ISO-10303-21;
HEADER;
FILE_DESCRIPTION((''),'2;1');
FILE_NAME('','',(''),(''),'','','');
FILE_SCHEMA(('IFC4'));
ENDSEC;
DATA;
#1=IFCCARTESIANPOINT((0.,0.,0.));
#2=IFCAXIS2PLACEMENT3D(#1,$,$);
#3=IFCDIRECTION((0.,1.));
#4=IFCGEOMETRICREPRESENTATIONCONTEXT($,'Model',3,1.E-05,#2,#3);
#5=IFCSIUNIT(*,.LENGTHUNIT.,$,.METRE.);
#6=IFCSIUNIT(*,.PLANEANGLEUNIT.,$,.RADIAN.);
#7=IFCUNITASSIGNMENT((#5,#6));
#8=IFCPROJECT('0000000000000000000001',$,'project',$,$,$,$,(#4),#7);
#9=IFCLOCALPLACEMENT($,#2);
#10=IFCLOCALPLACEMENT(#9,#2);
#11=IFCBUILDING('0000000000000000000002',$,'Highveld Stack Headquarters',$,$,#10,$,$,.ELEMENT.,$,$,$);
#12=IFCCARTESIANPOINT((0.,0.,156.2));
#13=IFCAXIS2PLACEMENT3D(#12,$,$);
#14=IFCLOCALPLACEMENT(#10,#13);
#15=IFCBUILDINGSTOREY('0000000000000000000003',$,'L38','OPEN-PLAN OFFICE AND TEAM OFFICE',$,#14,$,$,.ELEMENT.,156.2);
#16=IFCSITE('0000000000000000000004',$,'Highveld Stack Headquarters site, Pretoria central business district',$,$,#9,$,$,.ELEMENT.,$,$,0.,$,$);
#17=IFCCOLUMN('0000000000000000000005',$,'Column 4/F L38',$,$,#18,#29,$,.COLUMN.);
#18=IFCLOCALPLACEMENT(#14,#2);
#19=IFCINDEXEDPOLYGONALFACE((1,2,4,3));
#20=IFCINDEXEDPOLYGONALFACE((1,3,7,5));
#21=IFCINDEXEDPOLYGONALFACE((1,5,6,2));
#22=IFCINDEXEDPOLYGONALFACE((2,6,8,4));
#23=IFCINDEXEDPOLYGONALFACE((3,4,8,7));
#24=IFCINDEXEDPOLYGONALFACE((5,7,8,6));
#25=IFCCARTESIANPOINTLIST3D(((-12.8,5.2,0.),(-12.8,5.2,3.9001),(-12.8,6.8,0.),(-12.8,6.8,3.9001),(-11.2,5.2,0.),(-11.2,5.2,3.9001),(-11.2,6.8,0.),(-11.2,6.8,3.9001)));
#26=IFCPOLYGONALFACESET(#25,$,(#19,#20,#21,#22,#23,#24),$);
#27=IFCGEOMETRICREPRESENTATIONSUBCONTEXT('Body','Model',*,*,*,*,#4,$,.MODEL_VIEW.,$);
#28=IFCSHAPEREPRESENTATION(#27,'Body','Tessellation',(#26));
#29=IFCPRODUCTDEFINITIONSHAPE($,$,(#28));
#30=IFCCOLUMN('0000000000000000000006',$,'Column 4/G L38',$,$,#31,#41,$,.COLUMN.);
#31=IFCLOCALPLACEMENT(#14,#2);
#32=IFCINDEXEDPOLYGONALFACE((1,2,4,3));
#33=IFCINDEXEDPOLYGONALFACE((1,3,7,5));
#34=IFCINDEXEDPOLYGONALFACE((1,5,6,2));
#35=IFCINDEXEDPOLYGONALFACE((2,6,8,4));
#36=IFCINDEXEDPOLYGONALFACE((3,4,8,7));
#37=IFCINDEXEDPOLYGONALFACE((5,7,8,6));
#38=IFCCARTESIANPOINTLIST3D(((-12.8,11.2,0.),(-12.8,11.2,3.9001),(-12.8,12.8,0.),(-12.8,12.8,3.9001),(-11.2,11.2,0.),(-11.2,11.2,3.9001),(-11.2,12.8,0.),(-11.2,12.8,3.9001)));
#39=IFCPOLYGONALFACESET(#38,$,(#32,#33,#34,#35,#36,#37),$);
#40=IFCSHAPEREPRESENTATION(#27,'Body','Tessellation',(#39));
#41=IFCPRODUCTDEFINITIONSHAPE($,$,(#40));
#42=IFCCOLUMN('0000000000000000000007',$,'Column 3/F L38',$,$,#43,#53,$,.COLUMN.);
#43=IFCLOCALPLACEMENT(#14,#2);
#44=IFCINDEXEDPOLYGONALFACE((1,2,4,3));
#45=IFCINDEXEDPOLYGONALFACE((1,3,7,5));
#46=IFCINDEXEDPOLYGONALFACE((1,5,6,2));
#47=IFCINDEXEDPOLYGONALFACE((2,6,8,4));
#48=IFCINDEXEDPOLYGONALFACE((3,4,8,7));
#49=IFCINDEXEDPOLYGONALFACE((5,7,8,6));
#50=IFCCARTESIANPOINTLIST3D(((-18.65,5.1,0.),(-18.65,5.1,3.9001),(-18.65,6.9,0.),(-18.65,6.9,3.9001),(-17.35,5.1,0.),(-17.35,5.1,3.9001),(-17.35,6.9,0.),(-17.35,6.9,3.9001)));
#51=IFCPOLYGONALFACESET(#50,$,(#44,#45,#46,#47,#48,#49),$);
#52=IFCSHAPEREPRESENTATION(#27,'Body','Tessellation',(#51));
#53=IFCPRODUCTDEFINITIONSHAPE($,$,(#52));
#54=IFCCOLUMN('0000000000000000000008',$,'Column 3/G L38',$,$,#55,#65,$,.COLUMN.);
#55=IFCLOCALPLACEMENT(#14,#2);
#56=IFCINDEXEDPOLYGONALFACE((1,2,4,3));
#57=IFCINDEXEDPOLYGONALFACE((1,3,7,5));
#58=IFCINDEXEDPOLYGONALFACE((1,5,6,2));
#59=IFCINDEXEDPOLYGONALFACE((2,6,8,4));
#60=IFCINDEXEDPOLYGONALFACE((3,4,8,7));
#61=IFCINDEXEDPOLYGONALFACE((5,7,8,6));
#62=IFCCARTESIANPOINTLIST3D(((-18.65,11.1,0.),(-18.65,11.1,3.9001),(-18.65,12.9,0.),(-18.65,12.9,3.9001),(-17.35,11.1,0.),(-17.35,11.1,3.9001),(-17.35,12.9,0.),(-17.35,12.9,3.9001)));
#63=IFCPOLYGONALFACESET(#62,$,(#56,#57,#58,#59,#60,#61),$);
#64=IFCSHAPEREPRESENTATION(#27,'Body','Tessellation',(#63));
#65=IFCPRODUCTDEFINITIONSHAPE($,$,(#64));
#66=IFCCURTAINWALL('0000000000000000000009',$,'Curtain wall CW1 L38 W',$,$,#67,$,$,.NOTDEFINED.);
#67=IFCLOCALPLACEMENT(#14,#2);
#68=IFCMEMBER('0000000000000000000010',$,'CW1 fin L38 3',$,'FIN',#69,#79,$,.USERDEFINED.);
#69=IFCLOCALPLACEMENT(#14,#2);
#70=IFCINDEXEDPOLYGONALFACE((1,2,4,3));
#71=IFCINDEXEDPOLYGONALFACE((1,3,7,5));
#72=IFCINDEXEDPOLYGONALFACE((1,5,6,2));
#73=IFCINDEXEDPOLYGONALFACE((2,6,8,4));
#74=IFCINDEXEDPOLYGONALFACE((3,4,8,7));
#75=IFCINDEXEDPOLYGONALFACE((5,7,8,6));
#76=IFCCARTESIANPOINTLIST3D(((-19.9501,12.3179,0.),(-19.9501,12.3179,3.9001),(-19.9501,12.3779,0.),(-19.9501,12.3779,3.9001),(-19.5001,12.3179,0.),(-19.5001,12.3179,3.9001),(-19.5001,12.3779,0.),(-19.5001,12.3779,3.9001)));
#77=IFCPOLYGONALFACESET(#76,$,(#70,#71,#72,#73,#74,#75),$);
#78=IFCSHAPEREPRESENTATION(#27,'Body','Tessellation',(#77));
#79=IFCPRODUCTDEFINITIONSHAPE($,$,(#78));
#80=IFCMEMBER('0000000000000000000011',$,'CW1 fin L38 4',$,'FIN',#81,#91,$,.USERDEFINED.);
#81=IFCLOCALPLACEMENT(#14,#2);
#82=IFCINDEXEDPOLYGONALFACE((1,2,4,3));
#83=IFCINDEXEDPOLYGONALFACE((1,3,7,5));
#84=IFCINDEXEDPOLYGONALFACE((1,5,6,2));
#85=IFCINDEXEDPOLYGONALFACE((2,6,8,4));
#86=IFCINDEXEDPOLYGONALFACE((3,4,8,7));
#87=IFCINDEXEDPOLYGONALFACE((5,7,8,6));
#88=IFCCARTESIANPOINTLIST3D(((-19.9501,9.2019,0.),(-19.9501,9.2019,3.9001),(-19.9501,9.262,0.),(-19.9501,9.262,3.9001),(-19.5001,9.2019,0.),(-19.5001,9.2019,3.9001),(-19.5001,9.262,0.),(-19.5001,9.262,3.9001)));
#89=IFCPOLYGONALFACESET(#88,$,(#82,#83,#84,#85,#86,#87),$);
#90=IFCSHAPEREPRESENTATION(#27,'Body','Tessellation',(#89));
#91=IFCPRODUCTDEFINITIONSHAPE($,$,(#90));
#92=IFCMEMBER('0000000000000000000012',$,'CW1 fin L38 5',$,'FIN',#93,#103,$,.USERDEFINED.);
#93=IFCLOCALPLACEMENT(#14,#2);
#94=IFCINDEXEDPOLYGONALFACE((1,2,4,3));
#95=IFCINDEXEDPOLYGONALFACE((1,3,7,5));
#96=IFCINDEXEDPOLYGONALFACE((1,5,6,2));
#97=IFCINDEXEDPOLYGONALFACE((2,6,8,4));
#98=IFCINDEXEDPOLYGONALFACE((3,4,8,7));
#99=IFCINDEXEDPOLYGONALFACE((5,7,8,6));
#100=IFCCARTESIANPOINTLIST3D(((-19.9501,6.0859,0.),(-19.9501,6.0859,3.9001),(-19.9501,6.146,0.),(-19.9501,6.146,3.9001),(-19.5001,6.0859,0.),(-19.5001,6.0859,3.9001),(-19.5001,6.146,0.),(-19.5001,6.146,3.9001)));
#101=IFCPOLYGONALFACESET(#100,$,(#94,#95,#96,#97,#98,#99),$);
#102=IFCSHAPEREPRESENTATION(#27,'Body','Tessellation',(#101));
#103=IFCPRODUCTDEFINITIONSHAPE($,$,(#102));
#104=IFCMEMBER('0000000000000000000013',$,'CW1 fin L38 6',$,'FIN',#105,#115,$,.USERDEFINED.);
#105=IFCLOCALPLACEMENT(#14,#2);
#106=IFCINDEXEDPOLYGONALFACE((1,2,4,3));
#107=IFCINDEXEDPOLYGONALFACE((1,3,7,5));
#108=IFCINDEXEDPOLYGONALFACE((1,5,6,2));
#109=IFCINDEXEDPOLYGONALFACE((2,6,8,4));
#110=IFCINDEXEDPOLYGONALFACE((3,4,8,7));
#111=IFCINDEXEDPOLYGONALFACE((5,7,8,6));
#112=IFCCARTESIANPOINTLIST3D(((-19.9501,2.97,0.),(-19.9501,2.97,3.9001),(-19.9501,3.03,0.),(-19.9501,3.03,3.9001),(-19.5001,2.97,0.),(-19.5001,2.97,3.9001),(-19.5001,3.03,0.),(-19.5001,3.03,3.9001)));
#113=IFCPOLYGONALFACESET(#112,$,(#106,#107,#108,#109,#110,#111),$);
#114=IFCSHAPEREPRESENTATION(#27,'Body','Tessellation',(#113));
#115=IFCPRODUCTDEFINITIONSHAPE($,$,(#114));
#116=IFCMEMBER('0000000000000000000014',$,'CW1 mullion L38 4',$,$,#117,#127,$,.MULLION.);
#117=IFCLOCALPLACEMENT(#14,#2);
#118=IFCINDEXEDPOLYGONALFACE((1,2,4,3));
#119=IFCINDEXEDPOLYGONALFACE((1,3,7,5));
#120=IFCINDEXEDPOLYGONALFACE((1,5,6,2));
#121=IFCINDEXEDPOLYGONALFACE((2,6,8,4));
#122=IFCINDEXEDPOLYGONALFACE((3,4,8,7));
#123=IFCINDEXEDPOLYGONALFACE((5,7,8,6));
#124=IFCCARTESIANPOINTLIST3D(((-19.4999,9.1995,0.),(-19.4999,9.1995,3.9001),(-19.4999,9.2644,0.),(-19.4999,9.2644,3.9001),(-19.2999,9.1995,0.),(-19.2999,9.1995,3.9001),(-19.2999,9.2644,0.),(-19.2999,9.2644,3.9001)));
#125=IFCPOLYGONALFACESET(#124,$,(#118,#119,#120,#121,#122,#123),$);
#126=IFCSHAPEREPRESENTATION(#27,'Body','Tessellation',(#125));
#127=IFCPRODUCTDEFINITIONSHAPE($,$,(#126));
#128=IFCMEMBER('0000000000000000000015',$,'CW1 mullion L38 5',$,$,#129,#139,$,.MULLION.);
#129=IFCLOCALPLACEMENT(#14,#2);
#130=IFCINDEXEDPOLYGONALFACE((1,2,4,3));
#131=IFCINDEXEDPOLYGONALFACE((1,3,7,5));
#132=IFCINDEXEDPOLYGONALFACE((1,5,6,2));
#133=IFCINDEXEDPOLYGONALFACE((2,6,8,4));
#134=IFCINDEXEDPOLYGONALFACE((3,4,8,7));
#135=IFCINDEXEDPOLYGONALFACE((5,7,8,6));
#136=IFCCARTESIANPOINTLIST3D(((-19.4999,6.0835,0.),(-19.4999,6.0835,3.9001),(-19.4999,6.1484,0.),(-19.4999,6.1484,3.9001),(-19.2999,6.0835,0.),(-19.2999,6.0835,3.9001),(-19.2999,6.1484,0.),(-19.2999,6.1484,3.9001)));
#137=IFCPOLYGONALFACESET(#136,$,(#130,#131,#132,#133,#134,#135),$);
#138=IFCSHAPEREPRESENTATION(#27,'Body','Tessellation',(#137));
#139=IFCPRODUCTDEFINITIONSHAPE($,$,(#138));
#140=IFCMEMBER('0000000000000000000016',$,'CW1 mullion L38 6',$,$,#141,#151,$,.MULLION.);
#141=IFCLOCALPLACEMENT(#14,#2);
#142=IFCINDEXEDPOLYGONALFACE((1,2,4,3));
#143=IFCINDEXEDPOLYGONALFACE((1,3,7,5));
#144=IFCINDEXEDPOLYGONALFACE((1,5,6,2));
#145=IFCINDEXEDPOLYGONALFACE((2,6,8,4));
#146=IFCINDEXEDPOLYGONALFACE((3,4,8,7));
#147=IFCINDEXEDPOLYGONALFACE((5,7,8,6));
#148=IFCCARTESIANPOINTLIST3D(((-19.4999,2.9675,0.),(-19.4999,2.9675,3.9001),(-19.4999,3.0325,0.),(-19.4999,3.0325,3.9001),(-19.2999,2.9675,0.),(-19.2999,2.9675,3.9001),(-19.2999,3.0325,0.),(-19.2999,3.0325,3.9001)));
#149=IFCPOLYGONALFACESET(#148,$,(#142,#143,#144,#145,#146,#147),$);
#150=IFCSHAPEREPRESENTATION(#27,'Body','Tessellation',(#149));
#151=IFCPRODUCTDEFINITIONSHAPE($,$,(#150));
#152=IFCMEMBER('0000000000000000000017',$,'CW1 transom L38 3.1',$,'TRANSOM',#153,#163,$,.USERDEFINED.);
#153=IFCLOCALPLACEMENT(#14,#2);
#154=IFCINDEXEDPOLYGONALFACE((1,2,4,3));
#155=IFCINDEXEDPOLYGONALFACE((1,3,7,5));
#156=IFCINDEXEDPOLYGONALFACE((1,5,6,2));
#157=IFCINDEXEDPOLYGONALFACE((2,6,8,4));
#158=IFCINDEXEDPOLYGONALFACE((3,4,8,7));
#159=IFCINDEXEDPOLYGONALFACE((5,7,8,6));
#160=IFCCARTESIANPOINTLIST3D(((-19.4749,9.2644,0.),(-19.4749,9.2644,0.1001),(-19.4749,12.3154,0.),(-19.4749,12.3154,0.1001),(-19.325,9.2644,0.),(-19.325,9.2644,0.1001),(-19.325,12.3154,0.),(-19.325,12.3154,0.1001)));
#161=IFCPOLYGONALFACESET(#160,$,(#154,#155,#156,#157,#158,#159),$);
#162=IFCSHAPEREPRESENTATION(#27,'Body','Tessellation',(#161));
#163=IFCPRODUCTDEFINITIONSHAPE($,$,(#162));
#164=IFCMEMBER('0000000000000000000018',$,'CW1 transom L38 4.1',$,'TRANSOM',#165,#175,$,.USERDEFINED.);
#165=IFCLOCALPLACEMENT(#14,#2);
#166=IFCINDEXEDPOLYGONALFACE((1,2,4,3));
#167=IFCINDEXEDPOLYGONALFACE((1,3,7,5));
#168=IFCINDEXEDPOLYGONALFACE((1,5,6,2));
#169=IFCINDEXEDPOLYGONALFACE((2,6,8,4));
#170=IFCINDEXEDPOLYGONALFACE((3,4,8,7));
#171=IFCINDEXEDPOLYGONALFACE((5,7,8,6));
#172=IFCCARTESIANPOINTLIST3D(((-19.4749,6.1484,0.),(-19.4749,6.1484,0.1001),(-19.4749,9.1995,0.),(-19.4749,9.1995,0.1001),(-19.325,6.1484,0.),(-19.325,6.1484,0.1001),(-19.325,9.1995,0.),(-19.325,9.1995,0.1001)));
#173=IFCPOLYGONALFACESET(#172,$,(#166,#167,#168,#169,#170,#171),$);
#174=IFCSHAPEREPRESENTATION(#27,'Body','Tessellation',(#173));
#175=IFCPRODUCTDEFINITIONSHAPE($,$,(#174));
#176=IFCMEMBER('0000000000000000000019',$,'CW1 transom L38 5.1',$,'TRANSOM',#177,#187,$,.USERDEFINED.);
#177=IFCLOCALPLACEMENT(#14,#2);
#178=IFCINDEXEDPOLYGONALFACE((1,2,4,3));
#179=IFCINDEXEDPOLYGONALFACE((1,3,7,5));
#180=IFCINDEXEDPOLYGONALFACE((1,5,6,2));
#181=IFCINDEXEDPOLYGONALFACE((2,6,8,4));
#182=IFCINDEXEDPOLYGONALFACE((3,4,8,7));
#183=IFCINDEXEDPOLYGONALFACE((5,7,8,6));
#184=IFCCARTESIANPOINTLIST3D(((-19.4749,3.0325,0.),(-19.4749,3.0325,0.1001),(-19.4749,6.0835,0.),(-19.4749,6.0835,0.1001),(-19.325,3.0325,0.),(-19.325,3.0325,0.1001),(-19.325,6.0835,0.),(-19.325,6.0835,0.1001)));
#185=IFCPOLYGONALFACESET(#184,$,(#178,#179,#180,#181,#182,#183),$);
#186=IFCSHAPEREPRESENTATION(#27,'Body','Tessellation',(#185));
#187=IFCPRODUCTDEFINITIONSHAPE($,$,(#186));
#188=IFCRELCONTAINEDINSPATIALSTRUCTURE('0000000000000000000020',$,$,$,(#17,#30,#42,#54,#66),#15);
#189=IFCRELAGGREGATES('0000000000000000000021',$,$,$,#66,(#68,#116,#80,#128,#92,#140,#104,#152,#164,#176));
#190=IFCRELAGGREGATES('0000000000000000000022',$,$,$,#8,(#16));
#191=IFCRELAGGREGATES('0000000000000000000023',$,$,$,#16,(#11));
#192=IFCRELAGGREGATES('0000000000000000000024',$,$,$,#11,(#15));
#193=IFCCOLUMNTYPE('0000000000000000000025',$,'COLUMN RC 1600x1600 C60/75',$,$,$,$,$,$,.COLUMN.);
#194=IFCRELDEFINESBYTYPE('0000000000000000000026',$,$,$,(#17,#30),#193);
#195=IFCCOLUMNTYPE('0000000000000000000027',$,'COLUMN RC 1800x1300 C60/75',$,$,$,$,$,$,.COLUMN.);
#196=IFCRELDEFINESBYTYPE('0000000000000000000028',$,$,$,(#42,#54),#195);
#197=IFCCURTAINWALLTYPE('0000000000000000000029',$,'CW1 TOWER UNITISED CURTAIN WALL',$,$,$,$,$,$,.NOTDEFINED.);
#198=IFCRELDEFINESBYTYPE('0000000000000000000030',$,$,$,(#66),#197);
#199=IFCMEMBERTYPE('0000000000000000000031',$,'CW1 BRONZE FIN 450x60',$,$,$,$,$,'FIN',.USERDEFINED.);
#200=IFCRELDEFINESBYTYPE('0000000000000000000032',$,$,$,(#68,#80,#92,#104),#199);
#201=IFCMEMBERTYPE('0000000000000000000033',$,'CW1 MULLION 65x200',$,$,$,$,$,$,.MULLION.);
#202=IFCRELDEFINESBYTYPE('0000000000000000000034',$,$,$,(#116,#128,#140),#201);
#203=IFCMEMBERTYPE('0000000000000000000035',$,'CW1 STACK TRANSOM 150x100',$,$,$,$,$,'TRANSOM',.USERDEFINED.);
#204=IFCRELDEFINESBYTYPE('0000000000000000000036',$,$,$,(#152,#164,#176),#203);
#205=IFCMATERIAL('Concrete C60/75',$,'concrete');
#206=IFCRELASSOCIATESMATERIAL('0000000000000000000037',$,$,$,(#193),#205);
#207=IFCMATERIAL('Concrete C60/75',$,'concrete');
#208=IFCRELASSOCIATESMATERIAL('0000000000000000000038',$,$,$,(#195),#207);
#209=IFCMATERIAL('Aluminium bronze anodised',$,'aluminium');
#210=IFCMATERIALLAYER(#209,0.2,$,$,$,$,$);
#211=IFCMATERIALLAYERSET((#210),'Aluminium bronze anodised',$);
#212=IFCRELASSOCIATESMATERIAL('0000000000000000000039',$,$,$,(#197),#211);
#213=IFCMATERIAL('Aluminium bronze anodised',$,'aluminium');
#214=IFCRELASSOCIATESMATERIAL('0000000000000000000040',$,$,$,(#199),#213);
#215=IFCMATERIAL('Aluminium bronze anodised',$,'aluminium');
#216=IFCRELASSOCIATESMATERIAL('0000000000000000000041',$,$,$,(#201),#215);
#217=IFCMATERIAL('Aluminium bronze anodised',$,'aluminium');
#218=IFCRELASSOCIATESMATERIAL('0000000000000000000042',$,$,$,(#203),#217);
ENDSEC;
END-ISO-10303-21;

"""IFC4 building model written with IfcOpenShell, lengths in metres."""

from ifc_helpers import new_model, si_unit, direction, frame, origin, origin_2d, place, context, subcontext, project, spatial, rectangle, extrude, material, layer, layer_set, material_profile, profile_set, type_object, element, aggregate, save


model = new_model("IFC4")

# Units and contexts
model_context = context("Model", 3, precision=1e-05, world=origin(), true_north=direction((0.0, 1.0)))
body_context = subcontext(model_context, "Body", "Model", "MODEL_VIEW")
ifc_project = project(units=[si_unit("LENGTHUNIT", "METRE"), si_unit("PLANEANGLEUNIT", "RADIAN")], contexts=[model_context])

# Site, building, storey
site_placement = place(None, origin())
site = spatial("IfcSite", under=ifc_project, at=site_placement, Name="Highveld Stack Headquarters site, Pretoria central business district", CompositionType="ELEMENT", RefElevation=0.0)
building_placement = place(site_placement, origin())
building = spatial("IfcBuilding", under=site, at=building_placement, Name="Highveld Stack Headquarters", CompositionType="ELEMENT")
storey_placement = place(building_placement, frame((0.0, 0.0, 156.2)))
storey = spatial("IfcBuildingStorey", under=building, at=storey_placement, Name="L38", Description="OPEN-PLAN OFFICE AND TEAM OFFICE", CompositionType="ELEMENT", Elevation=156.2)

# Columns
ifc_material_1 = material(Name="Concrete C60/75", Category="concrete")
ifc_material_profile_1 = material_profile(ifc_material_1, rectangle(XDim=1.6001, YDim=1.6001, at=origin_2d()), Name="RC 1600x1600")
ifc_profile_set_1 = profile_set([ifc_material_profile_1], Name="Concrete C60/75")
column_type_1 = type_object("IfcColumnType", Name="COLUMN RC 1600x1600 C60/75", PredefinedType="COLUMN", material=ifc_profile_set_1)
for number, where, z_axis, x_axis, name in (
    (1, (-12.0, 6.0, 0.0), (0.0, 0.0, 1.0), (1.0, 0.0, 0.0), "Column 4/F L38"),
    (2, (-12.0, 12.0, 0.0), (0.0, 0.0, 1.0), (1.0, 0.0, 0.0), "Column 4/G L38"),
):
    element("IfcColumn", number, at=place(storey_placement, frame(where, z_axis=z_axis, x_axis=x_axis)), inside=storey, type_object=column_type_1, Name=name, PredefinedType="COLUMN", context=body_context, shape_type="SweptSolid", body=[
        extrude(rectangle(XDim=1.6001, YDim=1.6001, at=origin_2d()), origin(), (0.0, 0.0, 1.0), 3.9001),
    ])
ifc_material_2 = material(Name="Concrete C60/75", Category="concrete")
ifc_material_profile_2 = material_profile(ifc_material_2, rectangle(XDim=1.8, YDim=1.3, at=origin_2d()), Name="RC 1800x1300")
ifc_profile_set_2 = profile_set([ifc_material_profile_2], Name="Concrete C60/75")
column_type_2 = type_object("IfcColumnType", Name="COLUMN RC 1800x1300 C60/75", PredefinedType="COLUMN", material=ifc_profile_set_2)
for number, where, z_axis, x_axis, name in (
    (3, (-18.0, 6.0, 0.0), (0.0, 0.0, 1.0), (0.0, 1.0, 0.0), "Column 3/F L38"),
    (4, (-18.0, 12.0, 0.0), (0.0, 0.0, 1.0), (0.0, 1.0, 0.0), "Column 3/G L38"),
):
    element("IfcColumn", number, at=place(storey_placement, frame(where, z_axis=z_axis, x_axis=x_axis)), inside=storey, type_object=column_type_2, Name=name, PredefinedType="COLUMN", context=body_context, shape_type="SweptSolid", body=[
        extrude(rectangle(XDim=1.8, YDim=1.3, at=origin_2d()), origin(), (0.0, 0.0, 1.0), 3.9001),
    ])

# Curtain wall, members
ifc_material_3 = material(Name="Aluminium bronze anodised", Category="aluminium")
ifc_layer_1 = layer(ifc_material_3, 0.2)
ifc_layer_set_1 = layer_set([ifc_layer_1], Name="Aluminium bronze anodised")
curtain_wall_type = type_object("IfcCurtainWallType", Name="CW1 TOWER UNITISED CURTAIN WALL", PredefinedType="NOTDEFINED", material=ifc_layer_set_1)
curtain_wall_placement = place(storey_placement, origin())
curtain_wall = element("IfcCurtainWall", 5, at=curtain_wall_placement, inside=storey, type_object=curtain_wall_type, Name="Curtain wall CW1 L38 W", PredefinedType="NOTDEFINED")
ifc_material_4 = material(Name="Aluminium bronze anodised", Category="aluminium")
ifc_material_profile_3 = material_profile(ifc_material_4, rectangle(XDim=0.45, YDim=0.0601, at=origin_2d()), Name="FIN 450x60")
ifc_profile_set_3 = profile_set([ifc_material_profile_3], Name="Aluminium bronze anodised")
member_type_1 = type_object("IfcMemberType", Name="CW1 BRONZE FIN 450x60", ElementType="FIN", PredefinedType="USERDEFINED", material=ifc_profile_set_3)
member_1_placement = place(storey_placement, frame((-19.7251, 12.3479, 0.0), z_axis=(0.0, 0.0, 1.0), x_axis=(1.0, 0.0, 0.0)))
member_1 = element("IfcMember", 6, at=member_1_placement, type_object=member_type_1, Name="CW1 fin L38 3", ObjectType="FIN", PredefinedType="USERDEFINED", context=body_context, shape_type="SweptSolid", body=[
    extrude(rectangle(XDim=0.45, YDim=0.0601, at=origin_2d()), origin(), (0.0, 0.0, 1.0), 3.9001),
])
member_2_placement = place(storey_placement, frame((-19.7251, 9.2319, 0.0), z_axis=(0.0, 0.0, 1.0), x_axis=(1.0, 0.0, 0.0)))
member_2 = element("IfcMember", 7, at=member_2_placement, type_object=member_type_1, Name="CW1 fin L38 4", ObjectType="FIN", PredefinedType="USERDEFINED", context=body_context, shape_type="SweptSolid", body=[
    extrude(rectangle(XDim=0.45, YDim=0.0601, at=origin_2d()), origin(), (0.0, 0.0, 1.0), 3.9001),
])
member_3_placement = place(storey_placement, frame((-19.7251, 6.116, 0.0), z_axis=(0.0, 0.0, 1.0), x_axis=(1.0, 0.0, 0.0)))
member_3 = element("IfcMember", 8, at=member_3_placement, type_object=member_type_1, Name="CW1 fin L38 5", ObjectType="FIN", PredefinedType="USERDEFINED", context=body_context, shape_type="SweptSolid", body=[
    extrude(rectangle(XDim=0.45, YDim=0.0601, at=origin_2d()), origin(), (0.0, 0.0, 1.0), 3.9001),
])
member_4_placement = place(storey_placement, frame((-19.7251, 3.0, 0.0), z_axis=(0.0, 0.0, 1.0), x_axis=(1.0, 0.0, 0.0)))
member_4 = element("IfcMember", 9, at=member_4_placement, type_object=member_type_1, Name="CW1 fin L38 6", ObjectType="FIN", PredefinedType="USERDEFINED", context=body_context, shape_type="SweptSolid", body=[
    extrude(rectangle(XDim=0.45, YDim=0.0601, at=origin_2d()), origin(), (0.0, 0.0, 1.0), 3.9001),
])
ifc_material_5 = material(Name="Aluminium bronze anodised", Category="aluminium")
ifc_material_profile_4 = material_profile(ifc_material_5, rectangle(XDim=0.2, YDim=0.0649, at=origin_2d()), Name="CW1 MULLION 65x200")
ifc_profile_set_4 = profile_set([ifc_material_profile_4], Name="Aluminium bronze anodised")
member_type_2 = type_object("IfcMemberType", Name="CW1 MULLION 65x200", PredefinedType="MULLION", material=ifc_profile_set_4)
member_5_placement = place(storey_placement, frame((-19.3999, 9.2319, 0.0), z_axis=(0.0, 0.0, 1.0), x_axis=(1.0, 0.0, 0.0)))
member_5 = element("IfcMember", 10, at=member_5_placement, type_object=member_type_2, Name="CW1 mullion L38 4", PredefinedType="MULLION", context=body_context, shape_type="SweptSolid", body=[
    extrude(rectangle(XDim=0.2, YDim=0.0649, at=origin_2d()), origin(), (0.0, 0.0, 1.0), 3.9001),
])
member_6_placement = place(storey_placement, frame((-19.3999, 6.116, 0.0), z_axis=(0.0, 0.0, 1.0), x_axis=(1.0, 0.0, 0.0)))
member_6 = element("IfcMember", 11, at=member_6_placement, type_object=member_type_2, Name="CW1 mullion L38 5", PredefinedType="MULLION", context=body_context, shape_type="SweptSolid", body=[
    extrude(rectangle(XDim=0.2, YDim=0.0649, at=origin_2d()), origin(), (0.0, 0.0, 1.0), 3.9001),
])
member_7_placement = place(storey_placement, frame((-19.3999, 3.0, 0.0), z_axis=(0.0, 0.0, 1.0), x_axis=(1.0, 0.0, 0.0)))
member_7 = element("IfcMember", 12, at=member_7_placement, type_object=member_type_2, Name="CW1 mullion L38 6", PredefinedType="MULLION", context=body_context, shape_type="SweptSolid", body=[
    extrude(rectangle(XDim=0.2, YDim=0.0649, at=origin_2d()), origin(), (0.0, 0.0, 1.0), 3.9001),
])
ifc_material_6 = material(Name="Aluminium bronze anodised", Category="aluminium")
ifc_material_profile_5 = material_profile(ifc_material_6, rectangle(XDim=0.1499, YDim=0.1001, at=origin_2d()), Name="CW1 TRANSOM 150x100")
ifc_profile_set_5 = profile_set([ifc_material_profile_5], Name="Aluminium bronze anodised")
member_type_3 = type_object("IfcMemberType", Name="CW1 STACK TRANSOM 150x100", ElementType="TRANSOM", PredefinedType="USERDEFINED", material=ifc_profile_set_5)
member_8_placement = place(storey_placement, frame((-19.3999, 12.3154, 0.05), z_axis=(0.0, -1.0, 0.0), x_axis=(1.0, 0.0, 0.0)))
member_8 = element("IfcMember", 13, at=member_8_placement, type_object=member_type_3, Name="CW1 transom L38 3.1", ObjectType="TRANSOM", PredefinedType="USERDEFINED", context=body_context, shape_type="SweptSolid", body=[
    extrude(rectangle(XDim=0.1499, YDim=0.1001, at=origin_2d()), origin(), (0.0, 0.0, 1.0), 3.051),
])
member_9_placement = place(storey_placement, frame((-19.3999, 9.1995, 0.05), z_axis=(0.0, -1.0, 0.0), x_axis=(1.0, 0.0, 0.0)))
member_9 = element("IfcMember", 14, at=member_9_placement, type_object=member_type_3, Name="CW1 transom L38 4.1", ObjectType="TRANSOM", PredefinedType="USERDEFINED", context=body_context, shape_type="SweptSolid", body=[
    extrude(rectangle(XDim=0.1499, YDim=0.1001, at=origin_2d()), origin(), (0.0, 0.0, 1.0), 3.051),
])
member_10_placement = place(storey_placement, frame((-19.3999, 6.0835, 0.05), z_axis=(0.0, -1.0, 0.0), x_axis=(1.0, 0.0, 0.0)))
member_10 = element("IfcMember", 15, at=member_10_placement, type_object=member_type_3, Name="CW1 transom L38 5.1", ObjectType="TRANSOM", PredefinedType="USERDEFINED", context=body_context, shape_type="SweptSolid", body=[
    extrude(rectangle(XDim=0.1499, YDim=0.1001, at=origin_2d()), origin(), (0.0, 0.0, 1.0), 3.051),
])
aggregate(curtain_wall, [member_1, member_5, member_2, member_6, member_3, member_7, member_4, member_8, member_9, member_10])

save(model, "model.ifc")
